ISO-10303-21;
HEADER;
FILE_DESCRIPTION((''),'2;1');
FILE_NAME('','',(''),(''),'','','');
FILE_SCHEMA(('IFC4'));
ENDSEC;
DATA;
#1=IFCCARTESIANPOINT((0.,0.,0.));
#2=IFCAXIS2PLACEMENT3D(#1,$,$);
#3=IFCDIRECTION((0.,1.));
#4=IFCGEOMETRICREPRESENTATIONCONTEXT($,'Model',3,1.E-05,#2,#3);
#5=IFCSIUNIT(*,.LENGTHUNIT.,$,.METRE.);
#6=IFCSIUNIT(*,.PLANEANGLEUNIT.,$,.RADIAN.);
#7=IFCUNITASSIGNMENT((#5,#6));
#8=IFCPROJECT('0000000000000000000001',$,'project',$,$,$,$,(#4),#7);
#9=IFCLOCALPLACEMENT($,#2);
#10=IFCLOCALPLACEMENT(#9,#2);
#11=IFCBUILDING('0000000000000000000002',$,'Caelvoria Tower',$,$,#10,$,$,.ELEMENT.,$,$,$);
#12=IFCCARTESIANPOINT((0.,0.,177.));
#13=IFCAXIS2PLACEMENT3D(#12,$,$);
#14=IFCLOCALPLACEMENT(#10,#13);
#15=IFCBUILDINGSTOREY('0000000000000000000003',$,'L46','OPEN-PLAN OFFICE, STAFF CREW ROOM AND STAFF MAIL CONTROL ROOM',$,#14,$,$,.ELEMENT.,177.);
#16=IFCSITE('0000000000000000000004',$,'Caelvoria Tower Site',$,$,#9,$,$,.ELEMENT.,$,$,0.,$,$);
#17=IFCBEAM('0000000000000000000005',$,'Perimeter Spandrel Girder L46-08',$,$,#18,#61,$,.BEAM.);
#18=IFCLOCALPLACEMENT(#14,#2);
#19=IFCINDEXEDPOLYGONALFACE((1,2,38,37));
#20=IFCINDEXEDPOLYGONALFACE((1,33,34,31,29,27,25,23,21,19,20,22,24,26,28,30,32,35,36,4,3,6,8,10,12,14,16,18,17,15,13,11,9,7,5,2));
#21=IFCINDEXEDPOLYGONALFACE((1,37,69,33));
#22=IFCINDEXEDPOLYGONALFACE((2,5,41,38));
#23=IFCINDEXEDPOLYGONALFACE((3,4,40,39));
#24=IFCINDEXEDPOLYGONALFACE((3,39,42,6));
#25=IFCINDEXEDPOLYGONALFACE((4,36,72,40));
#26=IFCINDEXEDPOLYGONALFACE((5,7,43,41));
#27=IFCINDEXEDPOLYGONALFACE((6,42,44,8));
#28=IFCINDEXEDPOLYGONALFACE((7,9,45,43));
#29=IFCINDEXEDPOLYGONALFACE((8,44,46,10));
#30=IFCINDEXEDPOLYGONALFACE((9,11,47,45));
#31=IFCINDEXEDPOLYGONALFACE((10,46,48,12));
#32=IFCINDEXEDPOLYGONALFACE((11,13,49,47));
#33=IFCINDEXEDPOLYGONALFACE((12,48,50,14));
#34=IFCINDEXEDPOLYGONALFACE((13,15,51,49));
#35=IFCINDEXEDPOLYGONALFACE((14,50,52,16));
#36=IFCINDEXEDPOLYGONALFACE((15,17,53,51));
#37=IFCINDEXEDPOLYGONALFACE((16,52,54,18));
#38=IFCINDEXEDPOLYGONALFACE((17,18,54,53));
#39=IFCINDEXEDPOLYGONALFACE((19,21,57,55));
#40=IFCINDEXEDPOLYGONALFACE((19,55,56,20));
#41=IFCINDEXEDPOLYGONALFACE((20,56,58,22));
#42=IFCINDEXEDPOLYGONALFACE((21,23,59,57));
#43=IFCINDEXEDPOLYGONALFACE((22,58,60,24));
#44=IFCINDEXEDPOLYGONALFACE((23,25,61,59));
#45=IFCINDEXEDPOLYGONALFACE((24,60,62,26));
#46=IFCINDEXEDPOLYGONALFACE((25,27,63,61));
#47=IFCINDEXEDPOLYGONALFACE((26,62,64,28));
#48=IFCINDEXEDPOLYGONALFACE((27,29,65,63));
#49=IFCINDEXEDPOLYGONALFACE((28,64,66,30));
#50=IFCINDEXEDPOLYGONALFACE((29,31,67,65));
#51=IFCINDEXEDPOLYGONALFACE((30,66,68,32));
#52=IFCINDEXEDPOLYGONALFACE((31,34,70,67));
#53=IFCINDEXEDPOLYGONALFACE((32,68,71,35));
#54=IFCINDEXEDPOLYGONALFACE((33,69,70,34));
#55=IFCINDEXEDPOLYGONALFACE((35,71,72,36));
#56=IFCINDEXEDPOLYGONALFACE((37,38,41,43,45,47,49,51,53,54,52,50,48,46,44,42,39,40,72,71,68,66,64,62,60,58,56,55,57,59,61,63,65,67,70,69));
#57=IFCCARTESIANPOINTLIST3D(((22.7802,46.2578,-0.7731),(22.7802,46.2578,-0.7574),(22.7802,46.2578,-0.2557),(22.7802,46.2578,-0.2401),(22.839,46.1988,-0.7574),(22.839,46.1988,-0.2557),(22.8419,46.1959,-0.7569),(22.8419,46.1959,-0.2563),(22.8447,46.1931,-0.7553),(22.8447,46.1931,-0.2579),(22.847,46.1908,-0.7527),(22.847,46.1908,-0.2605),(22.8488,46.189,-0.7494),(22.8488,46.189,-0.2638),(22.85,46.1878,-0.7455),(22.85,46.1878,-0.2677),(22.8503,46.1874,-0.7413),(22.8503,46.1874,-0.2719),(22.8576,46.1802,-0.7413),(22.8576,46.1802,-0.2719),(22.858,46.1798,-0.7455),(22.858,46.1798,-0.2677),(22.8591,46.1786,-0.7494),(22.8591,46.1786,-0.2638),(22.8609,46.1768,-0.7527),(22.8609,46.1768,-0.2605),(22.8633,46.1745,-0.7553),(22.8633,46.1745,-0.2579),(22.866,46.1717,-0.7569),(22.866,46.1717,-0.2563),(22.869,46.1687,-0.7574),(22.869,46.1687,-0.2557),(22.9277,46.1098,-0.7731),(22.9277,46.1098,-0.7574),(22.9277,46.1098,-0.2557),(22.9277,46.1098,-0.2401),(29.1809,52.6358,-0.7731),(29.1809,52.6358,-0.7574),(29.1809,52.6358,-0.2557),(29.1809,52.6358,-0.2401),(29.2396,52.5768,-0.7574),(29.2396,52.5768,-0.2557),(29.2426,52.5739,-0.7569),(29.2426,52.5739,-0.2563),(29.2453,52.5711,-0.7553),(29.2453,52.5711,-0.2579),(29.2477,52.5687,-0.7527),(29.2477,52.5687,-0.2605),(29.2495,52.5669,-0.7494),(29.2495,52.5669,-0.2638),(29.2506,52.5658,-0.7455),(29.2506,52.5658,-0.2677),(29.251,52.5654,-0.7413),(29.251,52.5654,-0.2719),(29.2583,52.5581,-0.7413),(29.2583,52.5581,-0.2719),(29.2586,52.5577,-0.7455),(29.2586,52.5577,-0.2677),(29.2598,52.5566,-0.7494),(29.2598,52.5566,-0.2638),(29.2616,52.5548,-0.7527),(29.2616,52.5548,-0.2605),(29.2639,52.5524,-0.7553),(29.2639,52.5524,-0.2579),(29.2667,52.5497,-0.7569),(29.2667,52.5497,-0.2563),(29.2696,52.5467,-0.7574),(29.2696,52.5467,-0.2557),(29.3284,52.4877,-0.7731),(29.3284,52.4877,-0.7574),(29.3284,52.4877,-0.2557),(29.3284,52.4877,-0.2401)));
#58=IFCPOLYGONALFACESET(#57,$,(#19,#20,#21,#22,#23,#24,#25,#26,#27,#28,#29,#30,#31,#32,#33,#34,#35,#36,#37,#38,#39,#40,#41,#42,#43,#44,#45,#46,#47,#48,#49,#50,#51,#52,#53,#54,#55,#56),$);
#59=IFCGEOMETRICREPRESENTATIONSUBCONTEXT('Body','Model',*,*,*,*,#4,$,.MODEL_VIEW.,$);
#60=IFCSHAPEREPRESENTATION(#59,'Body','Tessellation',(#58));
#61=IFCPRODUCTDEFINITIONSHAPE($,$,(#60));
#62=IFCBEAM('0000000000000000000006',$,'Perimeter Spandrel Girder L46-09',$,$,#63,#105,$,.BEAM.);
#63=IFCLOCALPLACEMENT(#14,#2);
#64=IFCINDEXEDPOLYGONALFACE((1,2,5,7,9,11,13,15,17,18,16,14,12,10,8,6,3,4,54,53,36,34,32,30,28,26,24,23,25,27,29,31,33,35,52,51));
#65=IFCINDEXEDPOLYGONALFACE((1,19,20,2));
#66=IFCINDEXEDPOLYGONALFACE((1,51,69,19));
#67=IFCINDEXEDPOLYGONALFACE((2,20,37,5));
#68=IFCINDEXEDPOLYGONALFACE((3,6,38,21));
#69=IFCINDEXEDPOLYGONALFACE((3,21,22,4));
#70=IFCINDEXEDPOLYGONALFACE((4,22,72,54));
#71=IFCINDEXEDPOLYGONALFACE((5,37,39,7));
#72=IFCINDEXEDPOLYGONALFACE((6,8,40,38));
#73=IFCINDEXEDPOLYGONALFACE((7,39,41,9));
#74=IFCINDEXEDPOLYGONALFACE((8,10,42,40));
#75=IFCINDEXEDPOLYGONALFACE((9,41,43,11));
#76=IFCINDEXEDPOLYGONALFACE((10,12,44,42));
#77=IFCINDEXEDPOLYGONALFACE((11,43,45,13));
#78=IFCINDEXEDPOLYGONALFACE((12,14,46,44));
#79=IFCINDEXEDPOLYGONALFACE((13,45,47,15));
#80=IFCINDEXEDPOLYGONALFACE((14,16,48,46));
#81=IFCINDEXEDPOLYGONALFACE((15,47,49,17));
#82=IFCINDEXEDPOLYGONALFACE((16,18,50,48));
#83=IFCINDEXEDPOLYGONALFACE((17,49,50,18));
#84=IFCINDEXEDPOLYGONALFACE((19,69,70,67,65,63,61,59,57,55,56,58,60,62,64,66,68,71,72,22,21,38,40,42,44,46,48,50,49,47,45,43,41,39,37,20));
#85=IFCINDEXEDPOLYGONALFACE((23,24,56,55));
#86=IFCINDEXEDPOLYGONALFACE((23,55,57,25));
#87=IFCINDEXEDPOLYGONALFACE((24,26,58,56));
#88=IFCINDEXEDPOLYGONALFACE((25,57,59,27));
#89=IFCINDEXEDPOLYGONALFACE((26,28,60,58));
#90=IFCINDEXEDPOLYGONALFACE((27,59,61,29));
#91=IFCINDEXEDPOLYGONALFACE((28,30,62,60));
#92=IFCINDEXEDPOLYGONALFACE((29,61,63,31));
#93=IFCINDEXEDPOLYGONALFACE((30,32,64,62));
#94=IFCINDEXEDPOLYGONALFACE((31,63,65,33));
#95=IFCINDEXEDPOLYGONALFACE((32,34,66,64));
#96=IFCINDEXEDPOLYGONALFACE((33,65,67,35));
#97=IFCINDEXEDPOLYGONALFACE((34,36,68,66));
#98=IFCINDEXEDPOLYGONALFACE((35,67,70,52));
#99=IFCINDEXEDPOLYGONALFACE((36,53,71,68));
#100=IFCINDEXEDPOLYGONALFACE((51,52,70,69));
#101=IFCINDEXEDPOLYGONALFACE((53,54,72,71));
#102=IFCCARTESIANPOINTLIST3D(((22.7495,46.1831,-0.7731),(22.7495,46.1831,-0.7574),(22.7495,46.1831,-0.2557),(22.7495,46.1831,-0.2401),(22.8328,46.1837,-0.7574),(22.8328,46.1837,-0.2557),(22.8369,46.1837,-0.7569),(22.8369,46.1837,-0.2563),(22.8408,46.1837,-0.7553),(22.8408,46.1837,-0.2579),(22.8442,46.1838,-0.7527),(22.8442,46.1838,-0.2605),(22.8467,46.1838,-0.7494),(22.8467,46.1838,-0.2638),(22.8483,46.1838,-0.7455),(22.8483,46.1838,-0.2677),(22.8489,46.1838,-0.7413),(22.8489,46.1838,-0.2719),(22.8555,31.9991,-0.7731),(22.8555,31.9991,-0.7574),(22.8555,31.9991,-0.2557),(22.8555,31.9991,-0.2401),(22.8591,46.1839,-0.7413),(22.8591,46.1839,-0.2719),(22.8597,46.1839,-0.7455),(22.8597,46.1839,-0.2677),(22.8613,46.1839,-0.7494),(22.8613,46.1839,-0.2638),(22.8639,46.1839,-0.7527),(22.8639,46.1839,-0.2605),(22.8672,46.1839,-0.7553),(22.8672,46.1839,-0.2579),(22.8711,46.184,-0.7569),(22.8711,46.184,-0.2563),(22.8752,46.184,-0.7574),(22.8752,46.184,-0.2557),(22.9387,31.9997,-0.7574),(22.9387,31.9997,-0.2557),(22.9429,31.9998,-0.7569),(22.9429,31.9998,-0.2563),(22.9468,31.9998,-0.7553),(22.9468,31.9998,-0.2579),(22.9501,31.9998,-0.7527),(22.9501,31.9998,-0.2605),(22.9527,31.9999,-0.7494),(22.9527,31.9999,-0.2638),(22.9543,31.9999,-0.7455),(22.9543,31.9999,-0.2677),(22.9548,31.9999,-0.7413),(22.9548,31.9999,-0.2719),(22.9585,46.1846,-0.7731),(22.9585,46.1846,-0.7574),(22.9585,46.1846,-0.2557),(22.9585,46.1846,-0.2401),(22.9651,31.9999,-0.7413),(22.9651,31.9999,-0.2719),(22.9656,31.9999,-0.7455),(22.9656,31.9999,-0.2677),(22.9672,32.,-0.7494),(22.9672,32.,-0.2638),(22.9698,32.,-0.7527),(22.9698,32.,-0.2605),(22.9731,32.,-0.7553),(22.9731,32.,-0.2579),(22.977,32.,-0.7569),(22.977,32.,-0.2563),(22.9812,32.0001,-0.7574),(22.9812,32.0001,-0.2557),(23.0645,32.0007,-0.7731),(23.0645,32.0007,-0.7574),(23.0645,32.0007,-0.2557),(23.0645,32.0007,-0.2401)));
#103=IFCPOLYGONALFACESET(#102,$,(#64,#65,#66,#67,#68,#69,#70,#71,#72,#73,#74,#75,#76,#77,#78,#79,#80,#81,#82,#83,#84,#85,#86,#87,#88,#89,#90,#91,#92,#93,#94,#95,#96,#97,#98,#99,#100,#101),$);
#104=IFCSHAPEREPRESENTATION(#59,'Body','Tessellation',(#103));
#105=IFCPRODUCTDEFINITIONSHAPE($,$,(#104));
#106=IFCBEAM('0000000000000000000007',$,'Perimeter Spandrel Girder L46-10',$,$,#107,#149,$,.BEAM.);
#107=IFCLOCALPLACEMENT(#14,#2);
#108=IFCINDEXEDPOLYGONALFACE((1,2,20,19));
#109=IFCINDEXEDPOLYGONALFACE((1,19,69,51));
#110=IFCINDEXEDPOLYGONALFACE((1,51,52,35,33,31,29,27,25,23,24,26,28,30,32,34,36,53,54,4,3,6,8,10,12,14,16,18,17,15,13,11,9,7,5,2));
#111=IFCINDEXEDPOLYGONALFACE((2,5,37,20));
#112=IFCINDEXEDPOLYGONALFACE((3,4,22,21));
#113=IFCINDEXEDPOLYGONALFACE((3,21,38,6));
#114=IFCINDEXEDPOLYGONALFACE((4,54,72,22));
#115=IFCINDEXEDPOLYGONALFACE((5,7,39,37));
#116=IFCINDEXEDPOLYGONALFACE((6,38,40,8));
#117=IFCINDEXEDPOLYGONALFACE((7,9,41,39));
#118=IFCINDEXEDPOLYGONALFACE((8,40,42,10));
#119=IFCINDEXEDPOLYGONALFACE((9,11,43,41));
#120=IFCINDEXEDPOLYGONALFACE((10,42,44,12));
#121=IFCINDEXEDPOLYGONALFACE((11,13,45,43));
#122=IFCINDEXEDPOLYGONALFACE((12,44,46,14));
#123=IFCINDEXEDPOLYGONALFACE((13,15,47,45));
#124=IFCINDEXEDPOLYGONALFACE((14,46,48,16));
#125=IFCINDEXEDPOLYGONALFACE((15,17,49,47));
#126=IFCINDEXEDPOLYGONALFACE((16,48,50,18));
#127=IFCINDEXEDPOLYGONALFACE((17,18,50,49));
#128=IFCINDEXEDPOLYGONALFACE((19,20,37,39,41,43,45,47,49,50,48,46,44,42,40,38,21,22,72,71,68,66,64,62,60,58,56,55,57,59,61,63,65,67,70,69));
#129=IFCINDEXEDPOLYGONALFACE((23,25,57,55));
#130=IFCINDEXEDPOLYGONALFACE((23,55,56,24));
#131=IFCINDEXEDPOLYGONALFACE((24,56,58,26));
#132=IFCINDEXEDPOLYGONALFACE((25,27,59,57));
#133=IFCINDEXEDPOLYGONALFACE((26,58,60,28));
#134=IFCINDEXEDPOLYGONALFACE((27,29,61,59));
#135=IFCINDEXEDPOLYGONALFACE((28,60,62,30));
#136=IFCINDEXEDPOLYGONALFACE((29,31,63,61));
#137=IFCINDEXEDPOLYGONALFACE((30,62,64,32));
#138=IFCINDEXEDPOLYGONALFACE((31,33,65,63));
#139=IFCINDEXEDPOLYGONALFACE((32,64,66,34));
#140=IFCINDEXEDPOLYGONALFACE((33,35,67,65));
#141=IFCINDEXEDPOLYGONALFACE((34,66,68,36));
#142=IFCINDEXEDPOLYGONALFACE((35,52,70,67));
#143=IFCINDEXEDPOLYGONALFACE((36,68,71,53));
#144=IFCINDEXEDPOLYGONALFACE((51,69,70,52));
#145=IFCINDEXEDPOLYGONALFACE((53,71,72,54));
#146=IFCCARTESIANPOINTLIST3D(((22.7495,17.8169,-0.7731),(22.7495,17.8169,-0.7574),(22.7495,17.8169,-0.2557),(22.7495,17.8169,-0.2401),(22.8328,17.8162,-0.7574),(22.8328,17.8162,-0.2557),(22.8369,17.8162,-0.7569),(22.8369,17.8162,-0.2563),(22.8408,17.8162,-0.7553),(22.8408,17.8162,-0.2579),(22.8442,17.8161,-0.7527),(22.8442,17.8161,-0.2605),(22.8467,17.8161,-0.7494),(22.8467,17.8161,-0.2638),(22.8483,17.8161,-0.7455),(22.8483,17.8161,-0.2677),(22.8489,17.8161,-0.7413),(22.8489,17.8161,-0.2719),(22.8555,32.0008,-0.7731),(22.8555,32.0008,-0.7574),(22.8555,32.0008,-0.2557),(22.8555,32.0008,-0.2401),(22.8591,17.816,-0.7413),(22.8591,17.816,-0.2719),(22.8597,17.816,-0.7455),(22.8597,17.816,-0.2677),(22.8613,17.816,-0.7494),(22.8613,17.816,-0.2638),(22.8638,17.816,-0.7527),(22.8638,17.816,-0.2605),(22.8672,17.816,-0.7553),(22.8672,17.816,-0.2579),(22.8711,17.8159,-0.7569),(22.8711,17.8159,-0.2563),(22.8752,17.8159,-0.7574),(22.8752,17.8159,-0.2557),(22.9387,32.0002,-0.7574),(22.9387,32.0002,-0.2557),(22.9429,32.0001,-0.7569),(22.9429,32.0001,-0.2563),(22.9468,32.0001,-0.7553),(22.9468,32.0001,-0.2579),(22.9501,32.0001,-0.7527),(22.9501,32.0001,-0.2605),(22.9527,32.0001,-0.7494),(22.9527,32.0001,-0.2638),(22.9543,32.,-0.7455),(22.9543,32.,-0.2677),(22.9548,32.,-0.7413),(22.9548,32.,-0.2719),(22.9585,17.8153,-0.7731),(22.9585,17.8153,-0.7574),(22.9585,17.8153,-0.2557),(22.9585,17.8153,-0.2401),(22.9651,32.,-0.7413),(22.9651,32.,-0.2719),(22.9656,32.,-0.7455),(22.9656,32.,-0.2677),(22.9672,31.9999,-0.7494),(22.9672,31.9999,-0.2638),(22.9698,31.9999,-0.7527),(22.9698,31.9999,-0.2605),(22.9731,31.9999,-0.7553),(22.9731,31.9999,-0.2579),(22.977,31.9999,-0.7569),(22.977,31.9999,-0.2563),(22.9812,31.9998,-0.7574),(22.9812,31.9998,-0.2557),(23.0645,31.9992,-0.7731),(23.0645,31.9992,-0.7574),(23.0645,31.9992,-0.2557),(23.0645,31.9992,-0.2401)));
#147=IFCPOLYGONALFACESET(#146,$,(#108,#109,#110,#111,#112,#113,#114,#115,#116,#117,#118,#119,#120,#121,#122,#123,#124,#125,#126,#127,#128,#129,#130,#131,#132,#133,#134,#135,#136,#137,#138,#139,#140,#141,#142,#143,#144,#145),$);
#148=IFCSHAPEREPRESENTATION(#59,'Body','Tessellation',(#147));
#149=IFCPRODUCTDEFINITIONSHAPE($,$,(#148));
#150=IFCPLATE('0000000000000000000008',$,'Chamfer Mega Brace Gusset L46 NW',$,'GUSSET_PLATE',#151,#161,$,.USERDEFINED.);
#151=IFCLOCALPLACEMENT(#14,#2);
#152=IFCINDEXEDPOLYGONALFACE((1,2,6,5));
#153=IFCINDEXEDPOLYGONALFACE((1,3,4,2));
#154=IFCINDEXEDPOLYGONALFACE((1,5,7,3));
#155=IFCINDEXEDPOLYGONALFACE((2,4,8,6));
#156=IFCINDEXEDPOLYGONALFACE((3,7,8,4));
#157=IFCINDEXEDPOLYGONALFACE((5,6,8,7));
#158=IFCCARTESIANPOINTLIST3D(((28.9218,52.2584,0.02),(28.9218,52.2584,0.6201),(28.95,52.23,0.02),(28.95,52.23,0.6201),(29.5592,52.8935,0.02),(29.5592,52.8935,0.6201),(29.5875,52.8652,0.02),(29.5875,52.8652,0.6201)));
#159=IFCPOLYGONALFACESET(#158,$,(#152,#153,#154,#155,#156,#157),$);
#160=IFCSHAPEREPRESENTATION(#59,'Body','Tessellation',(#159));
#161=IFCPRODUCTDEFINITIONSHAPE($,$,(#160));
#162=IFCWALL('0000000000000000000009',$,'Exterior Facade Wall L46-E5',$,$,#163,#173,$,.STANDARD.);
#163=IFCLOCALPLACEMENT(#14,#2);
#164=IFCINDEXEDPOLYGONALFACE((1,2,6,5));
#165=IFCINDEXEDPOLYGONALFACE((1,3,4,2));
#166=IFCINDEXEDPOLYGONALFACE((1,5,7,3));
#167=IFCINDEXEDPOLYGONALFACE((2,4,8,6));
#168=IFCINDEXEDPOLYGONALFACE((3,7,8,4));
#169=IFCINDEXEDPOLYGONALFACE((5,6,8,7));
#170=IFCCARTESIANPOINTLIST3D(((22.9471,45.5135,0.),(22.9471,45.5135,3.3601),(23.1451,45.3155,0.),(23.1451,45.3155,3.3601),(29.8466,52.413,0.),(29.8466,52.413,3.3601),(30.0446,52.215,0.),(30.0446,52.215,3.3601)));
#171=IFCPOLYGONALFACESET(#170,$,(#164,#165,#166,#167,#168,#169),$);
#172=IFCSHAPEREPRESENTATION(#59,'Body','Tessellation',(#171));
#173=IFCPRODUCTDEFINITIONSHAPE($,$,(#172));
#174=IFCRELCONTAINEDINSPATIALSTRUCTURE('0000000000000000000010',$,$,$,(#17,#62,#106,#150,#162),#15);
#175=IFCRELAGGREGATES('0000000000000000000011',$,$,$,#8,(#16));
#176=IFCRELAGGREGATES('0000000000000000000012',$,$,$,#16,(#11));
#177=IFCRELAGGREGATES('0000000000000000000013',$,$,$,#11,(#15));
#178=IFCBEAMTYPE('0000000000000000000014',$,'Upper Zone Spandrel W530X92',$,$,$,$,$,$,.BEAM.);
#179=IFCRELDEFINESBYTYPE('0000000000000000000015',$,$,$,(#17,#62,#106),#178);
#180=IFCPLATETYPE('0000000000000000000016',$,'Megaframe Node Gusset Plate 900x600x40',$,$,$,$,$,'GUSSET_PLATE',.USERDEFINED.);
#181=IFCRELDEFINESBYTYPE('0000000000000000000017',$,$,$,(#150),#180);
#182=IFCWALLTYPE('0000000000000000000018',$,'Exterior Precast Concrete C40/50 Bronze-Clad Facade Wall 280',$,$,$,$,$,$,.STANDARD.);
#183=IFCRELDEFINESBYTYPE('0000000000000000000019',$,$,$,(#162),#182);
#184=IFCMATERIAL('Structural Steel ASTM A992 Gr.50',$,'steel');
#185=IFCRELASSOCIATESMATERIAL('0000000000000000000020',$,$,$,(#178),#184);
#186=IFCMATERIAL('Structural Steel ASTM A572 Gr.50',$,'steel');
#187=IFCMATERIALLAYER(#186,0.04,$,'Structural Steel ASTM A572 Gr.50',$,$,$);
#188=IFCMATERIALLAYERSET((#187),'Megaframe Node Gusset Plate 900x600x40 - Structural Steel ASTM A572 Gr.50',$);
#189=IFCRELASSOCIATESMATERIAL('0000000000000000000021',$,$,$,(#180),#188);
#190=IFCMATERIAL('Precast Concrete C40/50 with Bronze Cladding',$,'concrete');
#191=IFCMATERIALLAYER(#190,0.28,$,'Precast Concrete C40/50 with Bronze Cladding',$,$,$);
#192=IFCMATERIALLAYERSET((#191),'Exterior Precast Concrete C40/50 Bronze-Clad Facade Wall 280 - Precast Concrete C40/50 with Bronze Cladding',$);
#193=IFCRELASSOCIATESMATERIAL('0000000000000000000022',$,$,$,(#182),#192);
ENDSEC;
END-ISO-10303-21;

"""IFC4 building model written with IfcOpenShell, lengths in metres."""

from ifc_helpers import new_model, si_unit, direction, frame, frame_2d, origin, origin_2d, place, context, subcontext, project, spatial, rectangle, i_section, extrude, material, layer, layer_set, material_profile, profile_set, type_object, element, save


model = new_model("IFC4")

# Units and contexts
model_context = context("Model", 3, precision=1e-05, world=origin(), true_north=direction((0.0, 1.0)))
body_context = subcontext(model_context, "Body", "Model", "MODEL_VIEW")
ifc_project = project(units=[si_unit("LENGTHUNIT", "METRE"), si_unit("PLANEANGLEUNIT", "RADIAN")], contexts=[model_context])

# Site, building, storey
site_placement = place(None, origin())
site = spatial("IfcSite", under=ifc_project, at=site_placement, Name="Caelvoria Tower Site", CompositionType="ELEMENT", RefElevation=0.0)
building_placement = place(site_placement, origin())
building = spatial("IfcBuilding", under=site, at=building_placement, Name="Caelvoria Tower", CompositionType="ELEMENT")
storey_placement = place(building_placement, frame((0.0, 0.0, 177.0)))
storey = spatial("IfcBuildingStorey", under=building, at=storey_placement, Name="L46", Description="OPEN-PLAN OFFICE, STAFF CREW ROOM AND STAFF MAIL CONTROL ROOM", CompositionType="ELEMENT", Elevation=177.0)

# Shared definitions
ifc_material_1 = material(Name="Structural Steel ASTM A572 Gr.50", Category="steel")
ifc_material_2 = material(Name="Structural Steel ASTM A992 Gr.50", Category="steel")

# Beams
ifc_material_profile_1 = material_profile(ifc_material_2, i_section(OverallWidth=0.209, OverallDepth=0.533, WebThickness=0.0103, FlangeThickness=0.0156, FilletRadius=0.0161, at=origin_2d()), Name="Structural Steel ASTM A992 Gr.50")
ifc_profile_set_1 = profile_set([ifc_material_profile_1], Name="W530X92 - Structural Steel ASTM A992 Gr.50")
beam_type_1 = type_object("IfcBeamType", Name="Upper Zone Spandrel W530X92", PredefinedType="BEAM", material=ifc_profile_set_1)
beam_1_placement = place(storey_placement, frame((29.2546, 52.5618, -0.5066), z_axis=(-0.708362, -0.705849, 0.0), x_axis=(0.705849, -0.708362, 0.0)))
element("IfcBeam", 1, at=beam_1_placement, inside=storey, type_object=beam_type_1, Name="Perimeter Spandrel Girder L46-08", PredefinedType="BEAM", context=body_context, shape_type="SweptSolid", body=[
    extrude(i_section(OverallWidth=0.209, OverallDepth=0.533, WebThickness=0.0103, FlangeThickness=0.0156, FilletRadius=0.0161, at=origin_2d()), origin(), (0.0, 0.0, 1.0), 9.0359),
])
for number, where, z_axis, x_axis, name in (
    (2, (22.854, 46.1838, -0.5066), (0.00747, -0.999972, 0.0), (0.999972, 0.00747, 0.0), "Perimeter Spandrel Girder L46-09"),
    (3, (22.96, 32.0, -0.5066), (-0.00747, -0.999972, 0.0), (0.999972, -0.00747, 0.0), "Perimeter Spandrel Girder L46-10"),
):
    element("IfcBeam", number, at=place(storey_placement, frame(where, z_axis=z_axis, x_axis=x_axis)), inside=storey, type_object=beam_type_1, Name=name, PredefinedType="BEAM", context=body_context, shape_type="SweptSolid", body=[
        extrude(i_section(OverallWidth=0.209, OverallDepth=0.533, WebThickness=0.0103, FlangeThickness=0.0156, FilletRadius=0.0161, at=origin_2d()), origin(), (0.0, 0.0, 1.0), 14.1843),
    ])

# Plate
ifc_layer_1 = layer(ifc_material_1, 0.04, Name="Structural Steel ASTM A572 Gr.50")
ifc_layer_set_1 = layer_set([ifc_layer_1], Name="Megaframe Node Gusset Plate 900x600x40 - Structural Steel ASTM A572 Gr.50")
plate_type = type_object("IfcPlateType", Name="Megaframe Node Gusset Plate 900x600x40", ElementType="GUSSET_PLATE", PredefinedType="USERDEFINED", material=ifc_layer_set_1)
plate_placement = place(storey_placement, frame((29.2546, 52.5618, 0.02), z_axis=(0.0, 0.0, 1.0), x_axis=(-0.708373, -0.705838, 0.0)))
element("IfcPlate", 4, at=plate_placement, inside=storey, type_object=plate_type, Name="Chamfer Mega Brace Gusset L46 NW", ObjectType="GUSSET_PLATE", PredefinedType="USERDEFINED", context=body_context, shape_type="SweptSolid", body=[
    extrude(rectangle(XDim=0.8999, YDim=0.04, at=origin_2d()), origin(), (0.0, 0.0, 1.0), 0.6001),
])

# Wall
ifc_material_3 = material(Name="Precast Concrete C40/50 with Bronze Cladding", Category="concrete")
ifc_layer_2 = layer(ifc_material_3, 0.28, Name="Precast Concrete C40/50 with Bronze Cladding")
ifc_layer_set_2 = layer_set([ifc_layer_2], Name="Exterior Precast Concrete C40/50 Bronze-Clad Facade Wall 280 - Precast Concrete C40/50 with Bronze Cladding")
wall_type = type_object("IfcWallType", Name="Exterior Precast Concrete C40/50 Bronze-Clad Facade Wall 280", PredefinedType="STANDARD", material=ifc_layer_set_2)
wall_1_placement = place(storey_placement, frame((29.9456, 52.314, 0.0), z_axis=(0.0, 0.0, 1.0), x_axis=(-0.707107, -0.707107, 0.0)))
element("IfcWall", 5, at=wall_1_placement, inside=storey, type_object=wall_type, Name="Exterior Facade Wall L46-E5", PredefinedType="STANDARD", context=body_context, shape_type="SweptSolid", body=[
    extrude(rectangle(XDim=9.7573, YDim=0.28, at=frame_2d((4.8787, 0.0))), origin(), (0.0, 0.0, 1.0), 3.3601),
])

save(model, "model.ifc")
